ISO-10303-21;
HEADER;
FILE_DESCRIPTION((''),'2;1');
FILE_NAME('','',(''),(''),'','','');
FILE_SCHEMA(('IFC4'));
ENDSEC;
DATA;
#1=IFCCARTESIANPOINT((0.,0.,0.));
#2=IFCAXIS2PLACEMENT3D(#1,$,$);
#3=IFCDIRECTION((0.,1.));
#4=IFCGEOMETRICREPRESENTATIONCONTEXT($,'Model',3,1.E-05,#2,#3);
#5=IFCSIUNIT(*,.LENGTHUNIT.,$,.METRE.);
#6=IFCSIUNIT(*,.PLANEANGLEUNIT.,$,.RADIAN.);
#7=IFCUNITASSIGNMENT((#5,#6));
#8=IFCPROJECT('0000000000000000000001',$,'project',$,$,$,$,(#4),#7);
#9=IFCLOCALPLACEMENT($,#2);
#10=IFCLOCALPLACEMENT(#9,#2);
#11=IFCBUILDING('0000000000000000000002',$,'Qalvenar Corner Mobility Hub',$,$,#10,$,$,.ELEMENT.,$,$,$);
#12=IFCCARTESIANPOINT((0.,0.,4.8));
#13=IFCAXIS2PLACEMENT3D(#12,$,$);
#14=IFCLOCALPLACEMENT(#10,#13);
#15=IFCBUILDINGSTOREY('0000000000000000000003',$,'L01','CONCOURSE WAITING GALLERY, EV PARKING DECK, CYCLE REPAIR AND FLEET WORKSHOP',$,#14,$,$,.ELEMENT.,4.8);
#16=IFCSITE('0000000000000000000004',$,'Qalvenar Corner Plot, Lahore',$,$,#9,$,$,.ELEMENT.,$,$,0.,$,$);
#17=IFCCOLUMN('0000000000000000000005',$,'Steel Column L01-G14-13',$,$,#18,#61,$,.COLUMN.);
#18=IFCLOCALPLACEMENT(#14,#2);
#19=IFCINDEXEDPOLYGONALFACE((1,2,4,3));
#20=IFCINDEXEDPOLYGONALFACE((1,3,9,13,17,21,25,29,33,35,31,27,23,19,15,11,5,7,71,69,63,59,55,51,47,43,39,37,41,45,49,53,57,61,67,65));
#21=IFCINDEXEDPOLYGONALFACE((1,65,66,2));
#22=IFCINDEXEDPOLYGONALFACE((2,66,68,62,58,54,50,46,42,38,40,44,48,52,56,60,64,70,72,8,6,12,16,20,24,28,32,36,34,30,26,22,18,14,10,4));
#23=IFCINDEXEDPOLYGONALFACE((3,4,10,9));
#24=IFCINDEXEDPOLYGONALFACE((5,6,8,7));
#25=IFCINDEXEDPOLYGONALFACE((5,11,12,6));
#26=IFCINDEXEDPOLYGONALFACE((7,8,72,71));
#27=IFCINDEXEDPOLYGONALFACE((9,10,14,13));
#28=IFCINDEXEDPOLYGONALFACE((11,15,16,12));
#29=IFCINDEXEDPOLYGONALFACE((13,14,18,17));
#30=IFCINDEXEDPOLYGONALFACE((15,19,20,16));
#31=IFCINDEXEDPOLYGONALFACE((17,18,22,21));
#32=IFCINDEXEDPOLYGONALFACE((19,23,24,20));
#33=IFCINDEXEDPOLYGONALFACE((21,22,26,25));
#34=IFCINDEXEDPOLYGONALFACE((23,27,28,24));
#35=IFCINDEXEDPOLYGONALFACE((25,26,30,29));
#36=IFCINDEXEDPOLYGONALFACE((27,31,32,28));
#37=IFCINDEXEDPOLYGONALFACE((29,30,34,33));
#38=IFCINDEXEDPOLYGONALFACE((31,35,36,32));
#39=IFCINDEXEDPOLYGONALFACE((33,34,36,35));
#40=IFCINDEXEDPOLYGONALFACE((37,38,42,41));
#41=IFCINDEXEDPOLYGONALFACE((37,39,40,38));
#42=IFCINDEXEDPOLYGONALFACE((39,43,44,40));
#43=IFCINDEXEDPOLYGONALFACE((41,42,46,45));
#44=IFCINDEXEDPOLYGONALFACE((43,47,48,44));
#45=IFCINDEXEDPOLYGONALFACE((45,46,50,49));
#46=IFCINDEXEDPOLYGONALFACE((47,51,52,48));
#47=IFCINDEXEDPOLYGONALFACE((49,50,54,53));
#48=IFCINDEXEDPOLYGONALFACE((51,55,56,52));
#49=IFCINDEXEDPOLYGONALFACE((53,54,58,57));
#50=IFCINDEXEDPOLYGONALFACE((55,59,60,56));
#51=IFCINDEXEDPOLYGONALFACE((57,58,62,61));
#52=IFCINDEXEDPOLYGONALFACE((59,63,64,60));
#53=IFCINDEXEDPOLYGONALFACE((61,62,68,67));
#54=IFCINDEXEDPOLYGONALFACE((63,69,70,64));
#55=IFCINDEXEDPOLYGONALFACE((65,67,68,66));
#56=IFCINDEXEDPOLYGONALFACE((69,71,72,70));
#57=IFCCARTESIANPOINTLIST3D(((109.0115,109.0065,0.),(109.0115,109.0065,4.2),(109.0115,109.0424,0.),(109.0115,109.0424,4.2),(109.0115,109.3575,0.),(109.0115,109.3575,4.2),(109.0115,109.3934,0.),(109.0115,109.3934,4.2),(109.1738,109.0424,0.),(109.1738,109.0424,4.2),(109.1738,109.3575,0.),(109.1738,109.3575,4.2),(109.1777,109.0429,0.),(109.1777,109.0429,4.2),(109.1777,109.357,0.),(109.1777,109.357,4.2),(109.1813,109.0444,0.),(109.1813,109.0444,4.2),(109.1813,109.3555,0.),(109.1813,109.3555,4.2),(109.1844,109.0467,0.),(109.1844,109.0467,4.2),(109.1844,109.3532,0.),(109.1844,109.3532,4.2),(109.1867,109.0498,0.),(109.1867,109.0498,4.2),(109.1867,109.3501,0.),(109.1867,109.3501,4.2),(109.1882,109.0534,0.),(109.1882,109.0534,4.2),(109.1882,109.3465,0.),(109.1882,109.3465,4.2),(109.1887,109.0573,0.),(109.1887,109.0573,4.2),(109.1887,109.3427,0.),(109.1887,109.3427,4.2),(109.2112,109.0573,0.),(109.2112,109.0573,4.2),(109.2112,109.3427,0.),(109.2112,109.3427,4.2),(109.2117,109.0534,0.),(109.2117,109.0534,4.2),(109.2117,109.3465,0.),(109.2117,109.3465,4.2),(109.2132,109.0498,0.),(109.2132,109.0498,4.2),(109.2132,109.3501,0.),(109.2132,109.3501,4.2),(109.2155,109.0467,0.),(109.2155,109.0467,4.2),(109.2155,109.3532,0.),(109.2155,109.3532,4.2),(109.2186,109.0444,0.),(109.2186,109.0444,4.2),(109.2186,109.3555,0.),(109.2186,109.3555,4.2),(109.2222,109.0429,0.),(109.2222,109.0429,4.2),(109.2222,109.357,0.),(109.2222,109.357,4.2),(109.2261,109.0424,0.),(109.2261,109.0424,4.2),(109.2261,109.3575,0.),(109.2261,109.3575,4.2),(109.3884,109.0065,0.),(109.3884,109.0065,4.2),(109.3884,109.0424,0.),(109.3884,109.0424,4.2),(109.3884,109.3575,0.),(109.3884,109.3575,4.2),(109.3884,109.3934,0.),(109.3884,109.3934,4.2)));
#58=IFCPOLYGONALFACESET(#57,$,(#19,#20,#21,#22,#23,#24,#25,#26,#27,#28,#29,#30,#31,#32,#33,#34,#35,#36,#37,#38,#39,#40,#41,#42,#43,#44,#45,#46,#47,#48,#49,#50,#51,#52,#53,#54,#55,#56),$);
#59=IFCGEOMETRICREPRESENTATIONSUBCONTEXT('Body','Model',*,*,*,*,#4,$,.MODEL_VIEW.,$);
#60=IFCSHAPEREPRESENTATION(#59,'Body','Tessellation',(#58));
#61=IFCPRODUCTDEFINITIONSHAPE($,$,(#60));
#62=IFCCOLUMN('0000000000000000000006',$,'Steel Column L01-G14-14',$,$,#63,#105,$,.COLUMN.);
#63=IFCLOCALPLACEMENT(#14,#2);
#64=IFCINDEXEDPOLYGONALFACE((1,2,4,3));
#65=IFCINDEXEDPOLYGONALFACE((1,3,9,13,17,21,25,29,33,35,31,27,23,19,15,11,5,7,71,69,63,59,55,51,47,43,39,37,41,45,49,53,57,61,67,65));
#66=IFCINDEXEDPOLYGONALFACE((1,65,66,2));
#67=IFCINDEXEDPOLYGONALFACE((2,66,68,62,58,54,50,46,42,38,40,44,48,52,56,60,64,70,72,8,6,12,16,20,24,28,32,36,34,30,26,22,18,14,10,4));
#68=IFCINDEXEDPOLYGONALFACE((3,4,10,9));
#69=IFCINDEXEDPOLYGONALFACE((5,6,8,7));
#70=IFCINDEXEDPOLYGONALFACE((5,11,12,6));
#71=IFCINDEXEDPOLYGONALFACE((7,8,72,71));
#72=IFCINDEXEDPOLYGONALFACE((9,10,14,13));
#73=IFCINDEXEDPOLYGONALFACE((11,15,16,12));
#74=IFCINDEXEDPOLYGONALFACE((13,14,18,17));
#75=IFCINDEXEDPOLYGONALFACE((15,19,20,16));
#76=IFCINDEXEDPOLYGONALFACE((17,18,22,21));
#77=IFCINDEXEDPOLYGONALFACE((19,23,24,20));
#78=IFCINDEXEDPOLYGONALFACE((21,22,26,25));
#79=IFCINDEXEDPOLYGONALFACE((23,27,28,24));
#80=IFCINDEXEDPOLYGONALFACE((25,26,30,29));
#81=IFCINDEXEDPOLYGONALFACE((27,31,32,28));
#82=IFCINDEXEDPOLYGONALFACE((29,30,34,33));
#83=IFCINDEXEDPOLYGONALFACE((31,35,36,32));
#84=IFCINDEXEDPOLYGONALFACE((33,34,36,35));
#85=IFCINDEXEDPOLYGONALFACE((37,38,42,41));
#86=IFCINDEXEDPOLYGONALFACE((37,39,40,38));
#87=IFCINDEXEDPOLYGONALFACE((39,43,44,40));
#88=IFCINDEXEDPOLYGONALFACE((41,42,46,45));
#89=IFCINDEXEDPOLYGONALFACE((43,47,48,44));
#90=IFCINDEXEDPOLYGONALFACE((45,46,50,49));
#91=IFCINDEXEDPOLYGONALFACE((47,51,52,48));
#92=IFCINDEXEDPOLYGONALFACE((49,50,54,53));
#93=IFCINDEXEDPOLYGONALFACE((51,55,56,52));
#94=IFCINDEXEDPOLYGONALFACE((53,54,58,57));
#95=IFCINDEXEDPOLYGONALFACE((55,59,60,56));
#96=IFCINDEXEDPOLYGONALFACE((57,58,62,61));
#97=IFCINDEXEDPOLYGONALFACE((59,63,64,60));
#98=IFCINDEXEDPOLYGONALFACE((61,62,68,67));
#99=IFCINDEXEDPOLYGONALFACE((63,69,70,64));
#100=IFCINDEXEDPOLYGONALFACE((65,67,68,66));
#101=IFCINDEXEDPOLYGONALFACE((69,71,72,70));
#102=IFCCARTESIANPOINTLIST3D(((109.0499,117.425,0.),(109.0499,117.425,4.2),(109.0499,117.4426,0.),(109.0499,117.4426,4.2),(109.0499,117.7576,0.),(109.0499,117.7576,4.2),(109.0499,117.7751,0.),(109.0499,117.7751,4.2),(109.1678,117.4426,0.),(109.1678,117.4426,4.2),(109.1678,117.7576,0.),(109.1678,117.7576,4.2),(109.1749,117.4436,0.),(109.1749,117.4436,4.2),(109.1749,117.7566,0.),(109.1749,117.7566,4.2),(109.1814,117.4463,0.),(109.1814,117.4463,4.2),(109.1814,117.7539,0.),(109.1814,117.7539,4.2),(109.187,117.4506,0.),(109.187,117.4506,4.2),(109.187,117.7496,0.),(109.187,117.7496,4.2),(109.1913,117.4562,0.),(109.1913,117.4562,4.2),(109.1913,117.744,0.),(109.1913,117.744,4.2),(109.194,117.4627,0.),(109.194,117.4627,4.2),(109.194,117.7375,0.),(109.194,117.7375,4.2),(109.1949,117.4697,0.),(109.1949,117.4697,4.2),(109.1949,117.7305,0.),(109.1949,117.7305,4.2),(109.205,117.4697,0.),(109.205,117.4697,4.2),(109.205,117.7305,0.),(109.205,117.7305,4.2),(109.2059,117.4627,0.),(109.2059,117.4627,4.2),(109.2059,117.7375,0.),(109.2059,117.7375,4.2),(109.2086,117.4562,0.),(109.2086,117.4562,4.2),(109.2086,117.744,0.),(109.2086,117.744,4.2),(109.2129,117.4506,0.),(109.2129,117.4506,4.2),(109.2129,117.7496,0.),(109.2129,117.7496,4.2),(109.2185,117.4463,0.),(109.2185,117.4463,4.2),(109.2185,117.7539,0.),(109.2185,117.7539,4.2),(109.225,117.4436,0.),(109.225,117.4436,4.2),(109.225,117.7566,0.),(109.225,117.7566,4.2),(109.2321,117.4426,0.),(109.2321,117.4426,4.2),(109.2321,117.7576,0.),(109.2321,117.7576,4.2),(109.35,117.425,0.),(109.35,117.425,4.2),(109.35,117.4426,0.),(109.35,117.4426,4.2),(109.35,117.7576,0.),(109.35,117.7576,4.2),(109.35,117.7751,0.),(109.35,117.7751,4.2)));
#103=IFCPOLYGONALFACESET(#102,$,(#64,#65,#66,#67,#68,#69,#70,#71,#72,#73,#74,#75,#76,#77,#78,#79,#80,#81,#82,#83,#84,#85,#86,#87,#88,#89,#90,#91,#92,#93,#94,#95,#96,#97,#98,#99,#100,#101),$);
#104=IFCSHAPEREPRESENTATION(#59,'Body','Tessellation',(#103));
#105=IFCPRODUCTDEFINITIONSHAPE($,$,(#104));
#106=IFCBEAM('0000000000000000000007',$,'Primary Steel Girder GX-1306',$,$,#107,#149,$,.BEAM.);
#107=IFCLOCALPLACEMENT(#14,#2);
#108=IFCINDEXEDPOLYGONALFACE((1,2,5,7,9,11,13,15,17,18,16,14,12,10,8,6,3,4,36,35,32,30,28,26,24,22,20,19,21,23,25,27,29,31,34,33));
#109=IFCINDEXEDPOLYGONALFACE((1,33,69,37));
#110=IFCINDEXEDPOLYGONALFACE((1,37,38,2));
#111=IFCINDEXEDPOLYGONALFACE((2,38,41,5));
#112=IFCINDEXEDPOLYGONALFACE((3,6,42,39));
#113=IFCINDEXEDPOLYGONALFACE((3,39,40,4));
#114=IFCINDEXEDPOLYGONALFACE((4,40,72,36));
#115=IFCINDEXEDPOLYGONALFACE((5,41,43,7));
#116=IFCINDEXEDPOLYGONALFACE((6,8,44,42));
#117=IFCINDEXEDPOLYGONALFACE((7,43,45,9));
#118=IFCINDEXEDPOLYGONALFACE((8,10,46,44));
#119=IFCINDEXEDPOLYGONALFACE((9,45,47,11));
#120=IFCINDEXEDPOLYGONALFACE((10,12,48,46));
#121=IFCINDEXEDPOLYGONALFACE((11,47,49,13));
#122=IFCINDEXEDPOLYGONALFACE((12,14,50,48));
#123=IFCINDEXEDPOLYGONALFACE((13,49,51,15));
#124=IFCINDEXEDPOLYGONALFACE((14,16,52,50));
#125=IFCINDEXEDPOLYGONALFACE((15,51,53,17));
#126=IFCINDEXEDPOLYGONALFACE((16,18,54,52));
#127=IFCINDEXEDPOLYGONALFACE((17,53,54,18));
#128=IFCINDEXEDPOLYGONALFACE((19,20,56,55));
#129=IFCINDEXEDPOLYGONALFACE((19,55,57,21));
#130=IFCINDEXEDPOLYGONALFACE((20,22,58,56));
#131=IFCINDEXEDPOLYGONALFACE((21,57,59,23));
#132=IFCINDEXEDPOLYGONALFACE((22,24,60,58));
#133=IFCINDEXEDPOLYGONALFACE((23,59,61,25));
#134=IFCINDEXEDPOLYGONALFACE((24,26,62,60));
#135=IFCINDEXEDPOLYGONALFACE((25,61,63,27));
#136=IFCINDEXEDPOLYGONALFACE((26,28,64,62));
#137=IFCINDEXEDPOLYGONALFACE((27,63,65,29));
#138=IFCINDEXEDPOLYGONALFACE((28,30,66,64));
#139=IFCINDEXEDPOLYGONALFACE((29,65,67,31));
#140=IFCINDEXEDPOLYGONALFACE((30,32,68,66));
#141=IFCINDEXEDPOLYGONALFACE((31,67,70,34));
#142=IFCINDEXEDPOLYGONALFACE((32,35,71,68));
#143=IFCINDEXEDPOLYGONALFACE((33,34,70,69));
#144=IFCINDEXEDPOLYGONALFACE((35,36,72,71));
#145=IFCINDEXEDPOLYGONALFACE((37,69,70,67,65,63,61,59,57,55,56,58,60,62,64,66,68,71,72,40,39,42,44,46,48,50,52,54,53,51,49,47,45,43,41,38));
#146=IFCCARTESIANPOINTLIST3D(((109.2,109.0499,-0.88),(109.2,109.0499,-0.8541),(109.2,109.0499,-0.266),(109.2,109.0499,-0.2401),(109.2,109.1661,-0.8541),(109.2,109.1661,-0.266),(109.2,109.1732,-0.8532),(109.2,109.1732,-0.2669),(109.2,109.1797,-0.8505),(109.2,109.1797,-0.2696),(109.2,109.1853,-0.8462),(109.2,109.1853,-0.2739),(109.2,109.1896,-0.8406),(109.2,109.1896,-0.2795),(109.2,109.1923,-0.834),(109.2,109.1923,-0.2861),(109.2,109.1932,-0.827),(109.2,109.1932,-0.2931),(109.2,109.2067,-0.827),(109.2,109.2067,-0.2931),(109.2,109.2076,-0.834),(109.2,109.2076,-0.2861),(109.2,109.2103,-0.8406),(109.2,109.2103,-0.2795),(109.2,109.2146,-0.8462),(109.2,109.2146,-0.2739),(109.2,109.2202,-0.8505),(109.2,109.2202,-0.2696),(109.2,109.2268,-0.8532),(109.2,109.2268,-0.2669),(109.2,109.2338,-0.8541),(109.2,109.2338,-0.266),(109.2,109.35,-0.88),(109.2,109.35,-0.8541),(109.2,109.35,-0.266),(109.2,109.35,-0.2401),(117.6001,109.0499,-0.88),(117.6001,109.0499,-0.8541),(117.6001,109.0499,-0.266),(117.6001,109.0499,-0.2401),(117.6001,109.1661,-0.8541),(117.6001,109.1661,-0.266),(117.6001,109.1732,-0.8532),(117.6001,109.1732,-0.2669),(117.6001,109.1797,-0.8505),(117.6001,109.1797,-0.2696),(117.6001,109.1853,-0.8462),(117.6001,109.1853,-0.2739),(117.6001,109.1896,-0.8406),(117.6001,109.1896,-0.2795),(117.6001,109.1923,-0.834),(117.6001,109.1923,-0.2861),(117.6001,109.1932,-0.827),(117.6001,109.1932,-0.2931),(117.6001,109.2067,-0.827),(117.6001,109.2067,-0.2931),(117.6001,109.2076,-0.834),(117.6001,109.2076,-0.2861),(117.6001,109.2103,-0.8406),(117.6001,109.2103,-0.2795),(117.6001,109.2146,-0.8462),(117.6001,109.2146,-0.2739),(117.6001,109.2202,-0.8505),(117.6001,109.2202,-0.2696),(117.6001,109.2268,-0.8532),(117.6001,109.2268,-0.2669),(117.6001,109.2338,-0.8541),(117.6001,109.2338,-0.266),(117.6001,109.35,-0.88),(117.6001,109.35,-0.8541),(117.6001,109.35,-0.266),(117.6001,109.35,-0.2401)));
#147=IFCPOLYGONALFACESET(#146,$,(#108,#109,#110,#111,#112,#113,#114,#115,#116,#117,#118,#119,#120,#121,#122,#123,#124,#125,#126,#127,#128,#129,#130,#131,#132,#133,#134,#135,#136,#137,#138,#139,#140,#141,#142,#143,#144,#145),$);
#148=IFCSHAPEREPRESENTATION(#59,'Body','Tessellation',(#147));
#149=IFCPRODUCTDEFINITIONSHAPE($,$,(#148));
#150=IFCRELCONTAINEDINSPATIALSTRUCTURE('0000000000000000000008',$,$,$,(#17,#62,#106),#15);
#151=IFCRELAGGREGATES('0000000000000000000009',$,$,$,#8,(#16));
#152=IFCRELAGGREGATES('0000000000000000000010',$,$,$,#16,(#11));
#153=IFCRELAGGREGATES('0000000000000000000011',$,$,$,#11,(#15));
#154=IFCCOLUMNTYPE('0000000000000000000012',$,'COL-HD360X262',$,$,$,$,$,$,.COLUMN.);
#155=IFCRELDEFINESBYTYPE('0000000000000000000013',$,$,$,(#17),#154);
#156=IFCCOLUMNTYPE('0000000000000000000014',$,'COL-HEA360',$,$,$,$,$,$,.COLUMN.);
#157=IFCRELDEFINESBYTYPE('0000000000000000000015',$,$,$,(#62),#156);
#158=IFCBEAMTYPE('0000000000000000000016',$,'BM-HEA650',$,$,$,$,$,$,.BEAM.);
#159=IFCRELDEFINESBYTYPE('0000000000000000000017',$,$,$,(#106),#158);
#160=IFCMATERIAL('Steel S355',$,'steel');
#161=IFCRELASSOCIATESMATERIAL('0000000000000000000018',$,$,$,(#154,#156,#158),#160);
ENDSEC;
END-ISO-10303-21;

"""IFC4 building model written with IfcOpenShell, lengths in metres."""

from ifc_helpers import new_model, si_unit, direction, frame, origin, origin_2d, place, context, subcontext, project, spatial, i_section, extrude, material, material_profile, profile_set, type_object, element, save


model = new_model("IFC4")

# Units and contexts
model_context = context("Model", 3, precision=1e-05, world=origin(), true_north=direction((0.0, 1.0)))
body_context = subcontext(model_context, "Body", "Model", "MODEL_VIEW")
ifc_project = project(units=[si_unit("LENGTHUNIT", "METRE"), si_unit("PLANEANGLEUNIT", "RADIAN")], contexts=[model_context])

# Site, building, storey
site_placement = place(None, origin())
site = spatial("IfcSite", under=ifc_project, at=site_placement, Name="Qalvenar Corner Plot, Lahore", CompositionType="ELEMENT", RefElevation=0.0)
building_placement = place(site_placement, origin())
building = spatial("IfcBuilding", under=site, at=building_placement, Name="Qalvenar Corner Mobility Hub", CompositionType="ELEMENT")
storey_placement = place(building_placement, frame((0.0, 0.0, 4.8)))
storey = spatial("IfcBuildingStorey", under=building, at=storey_placement, Name="L01", Description="CONCOURSE WAITING GALLERY, EV PARKING DECK, CYCLE REPAIR AND FLEET WORKSHOP", CompositionType="ELEMENT", Elevation=4.8)

# Columns
ifc_material = material(Name="Steel S355", Category="steel")
ifc_material_profile_1 = material_profile(ifc_material, i_section(OverallWidth=0.377, OverallDepth=0.387, WebThickness=0.0225, FlangeThickness=0.0359, FilletRadius=0.0149, at=origin_2d()), Name="HD360x262")
ifc_profile_set_1 = profile_set([ifc_material_profile_1], Name="Steel S355")
column_type_1 = type_object("IfcColumnType", Name="COL-HD360X262", PredefinedType="COLUMN", material=ifc_profile_set_1)
column_1_placement = place(storey_placement, frame((109.2, 109.2, 0.0), z_axis=(0.0, 0.0, 1.0), x_axis=(1.0, 0.0, 0.0)))
element("IfcColumn", 1, at=column_1_placement, inside=storey, type_object=column_type_1, Name="Steel Column L01-G14-13", PredefinedType="COLUMN", context=body_context, shape_type="SweptSolid", body=[
    extrude(i_section(OverallWidth=0.377, OverallDepth=0.387, WebThickness=0.0225, FlangeThickness=0.0359, FilletRadius=0.0149, at=origin_2d()), origin(), (0.0, 0.0, 1.0), 4.2),
])
ifc_material_profile_2 = material_profile(ifc_material, i_section(OverallWidth=0.3, OverallDepth=0.3501, WebThickness=0.01, FlangeThickness=0.0176, FilletRadius=0.0271, at=origin_2d()), Name="HEA360")
ifc_profile_set_2 = profile_set([ifc_material_profile_2], Name="Steel S355")
column_type_2 = type_object("IfcColumnType", Name="COL-HEA360", PredefinedType="COLUMN", material=ifc_profile_set_2)
column_2_placement = place(storey_placement, frame((109.2, 117.6001, 0.0), z_axis=(0.0, 0.0, 1.0), x_axis=(1.0, 0.0, 0.0)))
element("IfcColumn", 2, at=column_2_placement, inside=storey, type_object=column_type_2, Name="Steel Column L01-G14-14", PredefinedType="COLUMN", context=body_context, shape_type="SweptSolid", body=[
    extrude(i_section(OverallWidth=0.3, OverallDepth=0.3501, WebThickness=0.01, FlangeThickness=0.0176, FilletRadius=0.0271, at=origin_2d()), origin(), (0.0, 0.0, 1.0), 4.2),
])

# Beam
ifc_material_profile_3 = material_profile(ifc_material, i_section(OverallWidth=0.3, OverallDepth=0.6399, WebThickness=0.0134, FlangeThickness=0.0259, FilletRadius=0.0271, at=origin_2d()), Name="HEA650")
ifc_profile_set_3 = profile_set([ifc_material_profile_3], Name="Steel S355")
beam_type_1 = type_object("IfcBeamType", Name="BM-HEA650", PredefinedType="BEAM", material=ifc_profile_set_3)
beam_1_placement = place(storey_placement, frame((109.2, 109.2, -0.5601), z_axis=(1.0, 0.0, 0.0), x_axis=(0.0, 1.0, 0.0)))
element("IfcBeam", 3, at=beam_1_placement, inside=storey, type_object=beam_type_1, Name="Primary Steel Girder GX-1306", PredefinedType="BEAM", context=body_context, shape_type="SweptSolid", body=[
    extrude(i_section(OverallWidth=0.3, OverallDepth=0.6399, WebThickness=0.0134, FlangeThickness=0.0259, FilletRadius=0.0271, at=origin_2d()), origin(), (0.0, 0.0, 1.0), 8.4001),
])

save(model, "model.ifc")
